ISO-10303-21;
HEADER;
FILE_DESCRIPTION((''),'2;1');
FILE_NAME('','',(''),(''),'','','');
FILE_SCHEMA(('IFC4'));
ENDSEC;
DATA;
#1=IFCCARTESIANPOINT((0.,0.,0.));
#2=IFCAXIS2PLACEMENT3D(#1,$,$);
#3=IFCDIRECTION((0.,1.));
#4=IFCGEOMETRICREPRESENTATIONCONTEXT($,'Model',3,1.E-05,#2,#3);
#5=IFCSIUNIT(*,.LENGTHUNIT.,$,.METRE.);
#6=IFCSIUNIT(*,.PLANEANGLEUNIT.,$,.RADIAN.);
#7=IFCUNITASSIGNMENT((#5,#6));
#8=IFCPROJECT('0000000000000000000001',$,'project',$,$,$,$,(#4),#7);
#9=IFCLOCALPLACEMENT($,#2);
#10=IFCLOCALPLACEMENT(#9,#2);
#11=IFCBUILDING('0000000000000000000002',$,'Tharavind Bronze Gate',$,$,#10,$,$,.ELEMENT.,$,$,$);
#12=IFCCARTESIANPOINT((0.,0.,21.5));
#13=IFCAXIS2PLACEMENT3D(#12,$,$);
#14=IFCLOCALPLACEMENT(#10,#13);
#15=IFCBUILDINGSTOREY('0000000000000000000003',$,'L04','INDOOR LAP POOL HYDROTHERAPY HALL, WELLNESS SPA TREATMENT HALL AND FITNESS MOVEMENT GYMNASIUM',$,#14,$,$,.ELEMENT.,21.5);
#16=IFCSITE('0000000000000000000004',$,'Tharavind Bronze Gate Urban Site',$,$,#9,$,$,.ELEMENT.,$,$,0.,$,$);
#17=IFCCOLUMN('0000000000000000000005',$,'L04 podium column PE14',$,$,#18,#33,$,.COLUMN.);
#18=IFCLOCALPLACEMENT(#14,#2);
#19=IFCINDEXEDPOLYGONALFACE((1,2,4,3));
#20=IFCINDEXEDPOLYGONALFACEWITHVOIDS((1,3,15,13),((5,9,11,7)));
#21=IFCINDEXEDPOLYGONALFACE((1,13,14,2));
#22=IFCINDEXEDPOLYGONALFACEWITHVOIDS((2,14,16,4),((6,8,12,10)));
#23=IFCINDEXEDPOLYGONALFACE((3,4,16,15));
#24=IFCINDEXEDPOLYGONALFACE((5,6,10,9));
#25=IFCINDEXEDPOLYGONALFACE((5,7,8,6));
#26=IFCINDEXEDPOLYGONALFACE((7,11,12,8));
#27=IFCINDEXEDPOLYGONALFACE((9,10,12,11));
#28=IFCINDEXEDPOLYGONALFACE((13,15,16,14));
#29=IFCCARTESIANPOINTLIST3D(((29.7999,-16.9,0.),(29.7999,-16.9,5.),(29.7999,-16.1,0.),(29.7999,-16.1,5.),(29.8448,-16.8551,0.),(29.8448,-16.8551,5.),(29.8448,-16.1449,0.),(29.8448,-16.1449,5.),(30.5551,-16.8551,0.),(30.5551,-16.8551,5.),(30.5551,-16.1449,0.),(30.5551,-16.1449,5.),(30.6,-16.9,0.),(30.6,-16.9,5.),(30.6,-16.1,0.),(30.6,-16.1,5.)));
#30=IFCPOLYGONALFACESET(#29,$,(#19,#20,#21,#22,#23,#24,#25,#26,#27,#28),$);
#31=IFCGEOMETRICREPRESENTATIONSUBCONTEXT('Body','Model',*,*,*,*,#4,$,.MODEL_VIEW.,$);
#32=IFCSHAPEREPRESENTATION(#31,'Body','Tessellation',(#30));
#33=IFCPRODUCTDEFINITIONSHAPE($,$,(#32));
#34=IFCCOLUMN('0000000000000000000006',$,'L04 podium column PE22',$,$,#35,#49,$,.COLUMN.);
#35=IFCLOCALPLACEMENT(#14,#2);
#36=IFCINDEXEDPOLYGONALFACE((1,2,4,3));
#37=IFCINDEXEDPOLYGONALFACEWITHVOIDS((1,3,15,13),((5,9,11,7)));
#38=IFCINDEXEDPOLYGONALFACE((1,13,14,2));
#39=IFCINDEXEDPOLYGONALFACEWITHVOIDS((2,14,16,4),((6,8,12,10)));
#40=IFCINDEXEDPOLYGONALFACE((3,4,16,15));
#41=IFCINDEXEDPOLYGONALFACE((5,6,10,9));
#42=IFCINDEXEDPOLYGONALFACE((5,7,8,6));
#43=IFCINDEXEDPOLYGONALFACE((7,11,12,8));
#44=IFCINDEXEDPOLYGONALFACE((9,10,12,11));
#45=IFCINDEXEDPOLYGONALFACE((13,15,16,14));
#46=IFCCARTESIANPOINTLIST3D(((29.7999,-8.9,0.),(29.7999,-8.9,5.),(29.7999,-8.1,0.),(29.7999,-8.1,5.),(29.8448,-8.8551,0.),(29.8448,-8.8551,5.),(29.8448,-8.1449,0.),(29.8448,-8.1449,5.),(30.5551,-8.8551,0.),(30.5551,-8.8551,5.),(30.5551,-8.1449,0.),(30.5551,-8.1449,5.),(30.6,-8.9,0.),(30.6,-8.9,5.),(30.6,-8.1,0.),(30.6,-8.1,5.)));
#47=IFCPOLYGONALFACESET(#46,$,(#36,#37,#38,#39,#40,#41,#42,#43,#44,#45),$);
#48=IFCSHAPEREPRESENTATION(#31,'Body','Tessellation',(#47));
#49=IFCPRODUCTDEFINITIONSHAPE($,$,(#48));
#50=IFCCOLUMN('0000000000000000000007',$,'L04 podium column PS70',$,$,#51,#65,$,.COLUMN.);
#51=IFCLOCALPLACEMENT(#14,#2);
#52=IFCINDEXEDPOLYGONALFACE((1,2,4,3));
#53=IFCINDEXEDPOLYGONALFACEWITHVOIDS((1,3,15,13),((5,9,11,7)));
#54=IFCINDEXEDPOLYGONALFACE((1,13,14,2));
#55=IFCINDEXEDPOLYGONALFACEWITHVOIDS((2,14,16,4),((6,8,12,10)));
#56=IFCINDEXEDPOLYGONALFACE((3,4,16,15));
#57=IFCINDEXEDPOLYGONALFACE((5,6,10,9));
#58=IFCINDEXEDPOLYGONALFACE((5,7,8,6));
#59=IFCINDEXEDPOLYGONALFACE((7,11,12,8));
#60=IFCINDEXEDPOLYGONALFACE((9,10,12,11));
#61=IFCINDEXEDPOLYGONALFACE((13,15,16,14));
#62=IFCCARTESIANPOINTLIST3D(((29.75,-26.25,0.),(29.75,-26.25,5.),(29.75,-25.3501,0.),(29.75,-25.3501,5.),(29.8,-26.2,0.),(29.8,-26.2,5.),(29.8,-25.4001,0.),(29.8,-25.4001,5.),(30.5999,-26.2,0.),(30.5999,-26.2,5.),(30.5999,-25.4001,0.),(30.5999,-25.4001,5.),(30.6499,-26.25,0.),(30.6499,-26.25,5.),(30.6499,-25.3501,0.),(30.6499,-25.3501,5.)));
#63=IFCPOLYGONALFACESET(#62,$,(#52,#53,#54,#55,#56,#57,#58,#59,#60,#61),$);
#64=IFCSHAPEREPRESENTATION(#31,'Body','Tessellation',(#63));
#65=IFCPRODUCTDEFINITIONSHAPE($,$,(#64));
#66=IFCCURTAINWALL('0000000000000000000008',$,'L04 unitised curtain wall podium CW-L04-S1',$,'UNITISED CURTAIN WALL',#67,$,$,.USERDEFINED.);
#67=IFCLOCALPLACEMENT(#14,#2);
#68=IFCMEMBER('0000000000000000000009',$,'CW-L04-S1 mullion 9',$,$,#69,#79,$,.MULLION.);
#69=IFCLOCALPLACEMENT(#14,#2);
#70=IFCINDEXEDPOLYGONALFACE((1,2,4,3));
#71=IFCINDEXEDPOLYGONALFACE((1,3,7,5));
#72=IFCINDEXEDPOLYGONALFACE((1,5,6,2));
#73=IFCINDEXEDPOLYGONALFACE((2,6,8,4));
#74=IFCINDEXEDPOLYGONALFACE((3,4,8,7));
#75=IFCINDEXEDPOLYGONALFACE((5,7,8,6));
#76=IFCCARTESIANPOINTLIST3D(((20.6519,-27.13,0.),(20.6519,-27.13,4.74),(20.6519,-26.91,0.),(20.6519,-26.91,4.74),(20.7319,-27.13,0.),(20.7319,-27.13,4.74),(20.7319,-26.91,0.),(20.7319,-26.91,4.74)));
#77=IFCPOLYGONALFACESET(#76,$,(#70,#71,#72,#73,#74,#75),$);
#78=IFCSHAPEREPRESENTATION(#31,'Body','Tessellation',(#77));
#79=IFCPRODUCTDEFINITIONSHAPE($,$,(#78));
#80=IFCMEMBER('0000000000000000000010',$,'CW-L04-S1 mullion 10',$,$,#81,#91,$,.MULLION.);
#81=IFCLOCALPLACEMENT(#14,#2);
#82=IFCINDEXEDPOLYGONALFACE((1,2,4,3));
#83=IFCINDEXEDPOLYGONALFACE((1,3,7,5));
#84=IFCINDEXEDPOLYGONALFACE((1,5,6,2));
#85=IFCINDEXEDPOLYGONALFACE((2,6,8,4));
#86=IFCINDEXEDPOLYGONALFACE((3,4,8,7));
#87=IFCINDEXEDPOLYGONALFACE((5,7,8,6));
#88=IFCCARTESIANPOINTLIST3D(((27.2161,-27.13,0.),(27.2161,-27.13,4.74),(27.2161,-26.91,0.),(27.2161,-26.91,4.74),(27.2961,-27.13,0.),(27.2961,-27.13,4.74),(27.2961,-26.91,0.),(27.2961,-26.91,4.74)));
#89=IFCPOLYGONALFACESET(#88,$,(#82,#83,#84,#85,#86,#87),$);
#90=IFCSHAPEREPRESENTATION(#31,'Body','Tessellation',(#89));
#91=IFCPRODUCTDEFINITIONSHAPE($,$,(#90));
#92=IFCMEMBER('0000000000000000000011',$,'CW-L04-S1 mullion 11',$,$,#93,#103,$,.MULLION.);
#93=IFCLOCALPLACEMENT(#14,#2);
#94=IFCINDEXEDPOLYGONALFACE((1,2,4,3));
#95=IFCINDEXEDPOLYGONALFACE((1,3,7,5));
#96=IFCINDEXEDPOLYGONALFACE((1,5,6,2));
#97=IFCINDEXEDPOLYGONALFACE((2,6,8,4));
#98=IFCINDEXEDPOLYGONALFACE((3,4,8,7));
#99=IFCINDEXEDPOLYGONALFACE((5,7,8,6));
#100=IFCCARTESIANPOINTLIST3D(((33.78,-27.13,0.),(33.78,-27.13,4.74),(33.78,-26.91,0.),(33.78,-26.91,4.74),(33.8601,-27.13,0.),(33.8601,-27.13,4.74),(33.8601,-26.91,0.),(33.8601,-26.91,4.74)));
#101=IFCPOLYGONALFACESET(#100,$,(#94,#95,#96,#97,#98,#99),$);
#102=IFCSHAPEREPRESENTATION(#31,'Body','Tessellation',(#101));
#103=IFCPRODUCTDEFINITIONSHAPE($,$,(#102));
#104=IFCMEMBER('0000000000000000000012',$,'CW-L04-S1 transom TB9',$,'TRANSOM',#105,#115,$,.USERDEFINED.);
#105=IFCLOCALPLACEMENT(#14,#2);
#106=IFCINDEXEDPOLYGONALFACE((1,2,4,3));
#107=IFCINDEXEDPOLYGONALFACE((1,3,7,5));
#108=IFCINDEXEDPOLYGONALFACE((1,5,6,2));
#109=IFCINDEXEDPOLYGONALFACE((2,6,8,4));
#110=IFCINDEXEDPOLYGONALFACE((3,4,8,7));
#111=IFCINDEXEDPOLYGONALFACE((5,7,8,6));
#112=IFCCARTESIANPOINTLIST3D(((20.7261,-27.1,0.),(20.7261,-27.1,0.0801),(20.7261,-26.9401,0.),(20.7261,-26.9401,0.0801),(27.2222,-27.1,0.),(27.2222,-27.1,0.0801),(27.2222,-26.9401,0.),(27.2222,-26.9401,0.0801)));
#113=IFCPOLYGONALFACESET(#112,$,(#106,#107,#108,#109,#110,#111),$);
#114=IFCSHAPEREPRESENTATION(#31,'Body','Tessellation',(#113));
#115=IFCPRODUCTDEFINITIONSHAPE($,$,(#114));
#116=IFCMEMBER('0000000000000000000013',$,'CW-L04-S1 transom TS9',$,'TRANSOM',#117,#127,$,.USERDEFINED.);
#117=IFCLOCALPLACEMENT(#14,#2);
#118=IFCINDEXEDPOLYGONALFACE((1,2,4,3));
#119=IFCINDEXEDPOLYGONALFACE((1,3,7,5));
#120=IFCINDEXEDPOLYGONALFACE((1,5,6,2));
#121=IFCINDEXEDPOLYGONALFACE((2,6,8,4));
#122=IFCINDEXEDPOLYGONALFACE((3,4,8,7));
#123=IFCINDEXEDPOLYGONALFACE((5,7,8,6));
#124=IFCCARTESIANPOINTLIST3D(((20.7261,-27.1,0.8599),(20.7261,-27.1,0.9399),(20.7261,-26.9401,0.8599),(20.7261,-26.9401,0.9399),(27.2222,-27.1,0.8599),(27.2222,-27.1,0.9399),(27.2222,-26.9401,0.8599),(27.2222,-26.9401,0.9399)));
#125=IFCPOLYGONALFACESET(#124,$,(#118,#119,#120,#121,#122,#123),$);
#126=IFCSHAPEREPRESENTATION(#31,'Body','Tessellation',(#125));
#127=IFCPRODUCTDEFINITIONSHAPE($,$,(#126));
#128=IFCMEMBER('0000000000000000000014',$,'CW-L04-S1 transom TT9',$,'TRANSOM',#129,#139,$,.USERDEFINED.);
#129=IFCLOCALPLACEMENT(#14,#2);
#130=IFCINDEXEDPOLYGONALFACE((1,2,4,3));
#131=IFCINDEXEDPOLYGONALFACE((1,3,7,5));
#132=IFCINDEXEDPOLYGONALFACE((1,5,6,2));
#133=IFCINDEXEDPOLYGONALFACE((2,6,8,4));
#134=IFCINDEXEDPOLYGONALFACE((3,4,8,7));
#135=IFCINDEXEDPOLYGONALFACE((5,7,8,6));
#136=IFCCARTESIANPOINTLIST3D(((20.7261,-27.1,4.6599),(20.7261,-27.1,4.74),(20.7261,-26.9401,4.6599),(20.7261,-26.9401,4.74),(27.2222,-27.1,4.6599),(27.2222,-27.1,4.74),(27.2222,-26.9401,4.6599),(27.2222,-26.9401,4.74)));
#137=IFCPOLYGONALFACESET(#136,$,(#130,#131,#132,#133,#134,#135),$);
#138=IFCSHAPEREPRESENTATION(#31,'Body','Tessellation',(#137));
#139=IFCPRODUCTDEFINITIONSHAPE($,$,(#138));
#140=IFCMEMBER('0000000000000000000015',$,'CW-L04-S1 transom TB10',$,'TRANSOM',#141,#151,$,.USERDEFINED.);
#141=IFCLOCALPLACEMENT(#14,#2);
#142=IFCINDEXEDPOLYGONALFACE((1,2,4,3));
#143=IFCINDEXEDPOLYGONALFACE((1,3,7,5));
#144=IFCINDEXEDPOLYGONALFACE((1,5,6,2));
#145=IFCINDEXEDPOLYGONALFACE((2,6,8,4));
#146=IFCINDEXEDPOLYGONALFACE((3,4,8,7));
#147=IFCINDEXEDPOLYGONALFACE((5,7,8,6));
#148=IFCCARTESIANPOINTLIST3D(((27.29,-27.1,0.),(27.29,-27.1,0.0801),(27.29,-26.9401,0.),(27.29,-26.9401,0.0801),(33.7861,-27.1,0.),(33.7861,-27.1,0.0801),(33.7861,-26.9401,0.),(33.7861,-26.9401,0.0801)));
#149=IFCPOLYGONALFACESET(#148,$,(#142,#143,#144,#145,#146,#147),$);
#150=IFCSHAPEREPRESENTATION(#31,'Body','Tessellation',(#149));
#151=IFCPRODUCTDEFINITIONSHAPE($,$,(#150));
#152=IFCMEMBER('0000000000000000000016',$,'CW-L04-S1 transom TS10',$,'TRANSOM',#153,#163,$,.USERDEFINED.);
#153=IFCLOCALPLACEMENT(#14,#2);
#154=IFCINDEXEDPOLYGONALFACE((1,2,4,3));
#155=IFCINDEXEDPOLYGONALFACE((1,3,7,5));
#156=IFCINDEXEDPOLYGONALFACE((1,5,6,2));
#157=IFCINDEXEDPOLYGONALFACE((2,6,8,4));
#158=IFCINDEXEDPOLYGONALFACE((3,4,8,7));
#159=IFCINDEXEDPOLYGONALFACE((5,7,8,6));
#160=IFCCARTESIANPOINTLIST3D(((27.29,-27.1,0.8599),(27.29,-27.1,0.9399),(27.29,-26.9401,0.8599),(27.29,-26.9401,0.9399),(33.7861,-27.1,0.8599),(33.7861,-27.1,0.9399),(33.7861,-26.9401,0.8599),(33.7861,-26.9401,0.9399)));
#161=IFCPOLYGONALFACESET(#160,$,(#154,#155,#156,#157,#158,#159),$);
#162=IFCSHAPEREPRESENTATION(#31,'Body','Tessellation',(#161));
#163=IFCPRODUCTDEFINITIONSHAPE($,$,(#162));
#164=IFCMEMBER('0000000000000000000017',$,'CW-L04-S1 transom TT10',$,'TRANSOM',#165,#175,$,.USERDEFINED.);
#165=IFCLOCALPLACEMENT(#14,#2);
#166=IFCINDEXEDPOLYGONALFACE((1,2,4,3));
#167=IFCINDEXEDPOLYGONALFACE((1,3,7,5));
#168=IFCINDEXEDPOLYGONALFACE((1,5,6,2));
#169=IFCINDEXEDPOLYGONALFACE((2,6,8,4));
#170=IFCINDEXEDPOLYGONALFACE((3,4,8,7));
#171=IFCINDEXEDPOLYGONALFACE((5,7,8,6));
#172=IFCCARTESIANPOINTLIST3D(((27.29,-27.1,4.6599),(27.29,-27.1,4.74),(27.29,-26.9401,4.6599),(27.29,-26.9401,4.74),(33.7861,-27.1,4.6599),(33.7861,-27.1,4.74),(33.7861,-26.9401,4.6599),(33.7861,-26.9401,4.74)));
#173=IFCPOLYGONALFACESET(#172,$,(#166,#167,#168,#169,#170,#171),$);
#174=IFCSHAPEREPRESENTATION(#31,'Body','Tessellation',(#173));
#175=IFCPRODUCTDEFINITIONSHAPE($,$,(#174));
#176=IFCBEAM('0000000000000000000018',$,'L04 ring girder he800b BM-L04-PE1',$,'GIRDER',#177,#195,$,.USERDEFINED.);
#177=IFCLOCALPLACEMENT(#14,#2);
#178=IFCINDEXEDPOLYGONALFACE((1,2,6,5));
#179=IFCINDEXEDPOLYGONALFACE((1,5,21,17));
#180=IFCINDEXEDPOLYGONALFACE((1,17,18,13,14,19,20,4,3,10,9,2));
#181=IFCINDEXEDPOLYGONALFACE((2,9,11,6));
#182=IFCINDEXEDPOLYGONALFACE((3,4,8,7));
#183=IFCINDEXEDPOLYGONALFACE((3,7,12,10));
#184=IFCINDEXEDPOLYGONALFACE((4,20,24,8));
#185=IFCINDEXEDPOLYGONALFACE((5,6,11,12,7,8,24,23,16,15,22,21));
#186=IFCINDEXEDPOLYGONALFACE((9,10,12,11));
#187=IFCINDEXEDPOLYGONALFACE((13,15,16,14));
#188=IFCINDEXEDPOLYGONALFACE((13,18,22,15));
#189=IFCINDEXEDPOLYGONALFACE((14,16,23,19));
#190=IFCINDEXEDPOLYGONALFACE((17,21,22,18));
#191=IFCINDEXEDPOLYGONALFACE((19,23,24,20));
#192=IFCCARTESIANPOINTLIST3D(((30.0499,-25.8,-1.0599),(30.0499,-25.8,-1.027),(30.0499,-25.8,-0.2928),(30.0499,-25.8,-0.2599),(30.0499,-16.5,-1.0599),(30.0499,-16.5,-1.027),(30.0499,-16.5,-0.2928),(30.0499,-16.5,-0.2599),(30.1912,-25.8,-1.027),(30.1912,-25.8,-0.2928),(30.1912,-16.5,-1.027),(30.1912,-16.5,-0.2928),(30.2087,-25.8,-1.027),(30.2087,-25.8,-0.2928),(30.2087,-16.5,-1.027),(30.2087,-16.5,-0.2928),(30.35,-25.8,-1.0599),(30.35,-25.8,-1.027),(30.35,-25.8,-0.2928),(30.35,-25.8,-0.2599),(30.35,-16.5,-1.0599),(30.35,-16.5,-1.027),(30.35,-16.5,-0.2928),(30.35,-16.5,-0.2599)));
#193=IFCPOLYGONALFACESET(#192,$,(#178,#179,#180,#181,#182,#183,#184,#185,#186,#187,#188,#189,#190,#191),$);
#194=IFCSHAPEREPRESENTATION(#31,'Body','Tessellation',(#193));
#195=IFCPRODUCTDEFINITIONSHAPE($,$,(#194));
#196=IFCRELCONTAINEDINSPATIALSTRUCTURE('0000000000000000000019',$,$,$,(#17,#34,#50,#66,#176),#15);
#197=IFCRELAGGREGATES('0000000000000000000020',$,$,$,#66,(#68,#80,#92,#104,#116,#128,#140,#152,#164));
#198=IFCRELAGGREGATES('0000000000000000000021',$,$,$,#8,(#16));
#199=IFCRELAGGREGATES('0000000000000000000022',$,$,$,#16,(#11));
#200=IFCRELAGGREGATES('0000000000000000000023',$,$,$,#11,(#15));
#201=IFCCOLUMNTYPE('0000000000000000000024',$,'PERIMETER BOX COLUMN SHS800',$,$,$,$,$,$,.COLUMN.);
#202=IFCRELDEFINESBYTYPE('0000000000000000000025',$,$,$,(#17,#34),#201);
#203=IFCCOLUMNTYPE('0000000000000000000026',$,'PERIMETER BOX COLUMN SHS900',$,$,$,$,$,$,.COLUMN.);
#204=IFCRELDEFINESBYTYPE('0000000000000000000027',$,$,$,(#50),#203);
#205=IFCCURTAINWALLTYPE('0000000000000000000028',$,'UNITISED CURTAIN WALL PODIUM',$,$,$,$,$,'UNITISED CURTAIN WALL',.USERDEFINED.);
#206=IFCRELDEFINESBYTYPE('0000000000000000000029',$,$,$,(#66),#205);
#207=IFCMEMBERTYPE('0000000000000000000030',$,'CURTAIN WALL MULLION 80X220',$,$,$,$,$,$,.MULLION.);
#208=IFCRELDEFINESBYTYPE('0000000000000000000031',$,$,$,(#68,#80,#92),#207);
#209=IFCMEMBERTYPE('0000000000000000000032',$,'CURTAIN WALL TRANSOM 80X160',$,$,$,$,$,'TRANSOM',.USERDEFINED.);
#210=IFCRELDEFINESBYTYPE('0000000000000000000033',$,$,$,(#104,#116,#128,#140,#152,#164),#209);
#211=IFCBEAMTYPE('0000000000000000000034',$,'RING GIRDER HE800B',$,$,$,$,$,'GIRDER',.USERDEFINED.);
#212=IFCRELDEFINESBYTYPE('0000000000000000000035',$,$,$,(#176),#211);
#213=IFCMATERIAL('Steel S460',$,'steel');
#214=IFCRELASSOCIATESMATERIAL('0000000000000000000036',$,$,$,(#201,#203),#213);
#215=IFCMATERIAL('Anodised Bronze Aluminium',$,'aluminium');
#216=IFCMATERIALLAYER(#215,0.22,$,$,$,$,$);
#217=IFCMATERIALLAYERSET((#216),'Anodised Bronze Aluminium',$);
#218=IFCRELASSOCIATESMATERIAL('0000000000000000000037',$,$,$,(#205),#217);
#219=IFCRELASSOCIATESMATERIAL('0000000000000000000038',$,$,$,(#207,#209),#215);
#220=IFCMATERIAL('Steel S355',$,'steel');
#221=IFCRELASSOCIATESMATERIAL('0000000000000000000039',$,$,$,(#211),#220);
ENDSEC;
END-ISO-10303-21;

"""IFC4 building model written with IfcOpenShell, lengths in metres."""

from ifc_helpers import new_model, si_unit, direction, frame, origin, origin_2d, place, context, subcontext, project, spatial, rectangle, hollow_rectangle, i_section, extrude, material, layer, layer_set, material_profile, profile_set, type_object, element, aggregate, save


model = new_model("IFC4")

# Units and contexts
model_context = context("Model", 3, precision=1e-05, world=origin(), true_north=direction((0.0, 1.0)))
body_context = subcontext(model_context, "Body", "Model", "MODEL_VIEW")
ifc_project = project(units=[si_unit("LENGTHUNIT", "METRE"), si_unit("PLANEANGLEUNIT", "RADIAN")], contexts=[model_context])

# Site, building, storey
site_placement = place(None, origin())
site = spatial("IfcSite", under=ifc_project, at=site_placement, Name="Tharavind Bronze Gate Urban Site", CompositionType="ELEMENT", RefElevation=0.0)
building_placement = place(site_placement, origin())
building = spatial("IfcBuilding", under=site, at=building_placement, Name="Tharavind Bronze Gate", CompositionType="ELEMENT")
storey_placement = place(building_placement, frame((0.0, 0.0, 21.5)))
storey = spatial("IfcBuildingStorey", under=building, at=storey_placement, Name="L04", Description="INDOOR LAP POOL HYDROTHERAPY HALL, WELLNESS SPA TREATMENT HALL AND FITNESS MOVEMENT GYMNASIUM", CompositionType="ELEMENT", Elevation=21.5)

# Columns
ifc_material_1 = material(Name="Steel S460", Category="steel")
ifc_material_profile_1 = material_profile(ifc_material_1, hollow_rectangle(XDim=0.8, YDim=0.8, WallThickness=0.0449, at=origin_2d()), Name="SHS800X45")
ifc_profile_set_1 = profile_set([ifc_material_profile_1], Name="Steel S460")
column_type_1 = type_object("IfcColumnType", Name="PERIMETER BOX COLUMN SHS800", PredefinedType="COLUMN", material=ifc_profile_set_1)
for number, where, z_axis, x_axis, name in (
    (1, (30.2, -16.5, 0.0), (0.0, 0.0, 1.0), (1.0, 0.0, 0.0), "L04 podium column PE14"),
    (2, (30.2, -8.5, 0.0), (0.0, 0.0, 1.0), (1.0, 0.0, 0.0), "L04 podium column PE22"),
):
    element("IfcColumn", number, at=place(storey_placement, frame(where, z_axis=z_axis, x_axis=x_axis)), inside=storey, type_object=column_type_1, Name=name, PredefinedType="COLUMN", context=body_context, shape_type="SweptSolid", body=[
        extrude(hollow_rectangle(XDim=0.8, YDim=0.8, WallThickness=0.0449, at=origin_2d()), origin(), (0.0, 0.0, 1.0), 5.0),
    ])
ifc_material_profile_2 = material_profile(ifc_material_1, hollow_rectangle(XDim=0.8999, YDim=0.8999, WallThickness=0.05, at=origin_2d()), Name="SHS900X50")
ifc_profile_set_2 = profile_set([ifc_material_profile_2], Name="Steel S460")
column_type_2 = type_object("IfcColumnType", Name="PERIMETER BOX COLUMN SHS900", PredefinedType="COLUMN", material=ifc_profile_set_2)
column_placement = place(storey_placement, frame((30.2, -25.8, 0.0), z_axis=(0.0, 0.0, 1.0), x_axis=(1.0, 0.0, 0.0)))
element("IfcColumn", 3, at=column_placement, inside=storey, type_object=column_type_2, Name="L04 podium column PS70", PredefinedType="COLUMN", context=body_context, shape_type="SweptSolid", body=[
    extrude(hollow_rectangle(XDim=0.8999, YDim=0.8999, WallThickness=0.05, at=origin_2d()), origin(), (0.0, 0.0, 1.0), 5.0),
])

# Curtain wall, members
ifc_material_2 = material(Name="Anodised Bronze Aluminium", Category="aluminium")
ifc_layer_1 = layer(ifc_material_2, 0.22)
ifc_layer_set_1 = layer_set([ifc_layer_1], Name="Anodised Bronze Aluminium")
curtain_wall_type = type_object("IfcCurtainWallType", Name="UNITISED CURTAIN WALL PODIUM", ElementType="UNITISED CURTAIN WALL", PredefinedType="USERDEFINED", material=ifc_layer_set_1)
curtain_wall_placement = place(storey_placement, origin())
curtain_wall = element("IfcCurtainWall", 4, at=curtain_wall_placement, inside=storey, type_object=curtain_wall_type, Name="L04 unitised curtain wall podium CW-L04-S1", ObjectType="UNITISED CURTAIN WALL", PredefinedType="USERDEFINED")
member_type_1 = type_object("IfcMemberType", Name="CURTAIN WALL MULLION 80X220", PredefinedType="MULLION", material=ifc_material_2)
member_1_placement = place(storey_placement, frame((20.6919, -27.02, 0.0), z_axis=(0.0, 0.0, 1.0), x_axis=(1.0, 0.0, 0.0)))
member_1 = element("IfcMember", 5, at=member_1_placement, type_object=member_type_1, Name="CW-L04-S1 mullion 9", PredefinedType="MULLION", context=body_context, shape_type="SweptSolid", body=[
    extrude(rectangle(XDim=0.0801, YDim=0.22, at=origin_2d()), origin(), (0.0, 0.0, 1.0), 4.74),
])
member_2_placement = place(storey_placement, frame((27.2561, -27.02, 0.0), z_axis=(0.0, 0.0, 1.0), x_axis=(1.0, 0.0, 0.0)))
member_2 = element("IfcMember", 6, at=member_2_placement, type_object=member_type_1, Name="CW-L04-S1 mullion 10", PredefinedType="MULLION", context=body_context, shape_type="SweptSolid", body=[
    extrude(rectangle(XDim=0.0801, YDim=0.22, at=origin_2d()), origin(), (0.0, 0.0, 1.0), 4.74),
])
member_3_placement = place(storey_placement, frame((33.8201, -27.02, 0.0), z_axis=(0.0, 0.0, 1.0), x_axis=(1.0, 0.0, 0.0)))
member_3 = element("IfcMember", 7, at=member_3_placement, type_object=member_type_1, Name="CW-L04-S1 mullion 11", PredefinedType="MULLION", context=body_context, shape_type="SweptSolid", body=[
    extrude(rectangle(XDim=0.0801, YDim=0.22, at=origin_2d()), origin(), (0.0, 0.0, 1.0), 4.74),
])
member_type_2 = type_object("IfcMemberType", Name="CURTAIN WALL TRANSOM 80X160", ElementType="TRANSOM", PredefinedType="USERDEFINED", material=ifc_material_2)
member_4_placement = place(storey_placement, frame((23.9741, -27.02, 0.0), z_axis=(0.0, 0.0, 1.0), x_axis=(1.0, 0.0, 0.0)))
member_4 = element("IfcMember", 8, at=member_4_placement, type_object=member_type_2, Name="CW-L04-S1 transom TB9", ObjectType="TRANSOM", PredefinedType="USERDEFINED", context=body_context, shape_type="SweptSolid", body=[
    extrude(rectangle(XDim=6.4961, YDim=0.1599, at=origin_2d()), origin(), (0.0, 0.0, 1.0), 0.0801),
])
member_5_placement = place(storey_placement, frame((23.9741, -27.02, 0.8599), z_axis=(0.0, 0.0, 1.0), x_axis=(1.0, 0.0, 0.0)))
member_5 = element("IfcMember", 9, at=member_5_placement, type_object=member_type_2, Name="CW-L04-S1 transom TS9", ObjectType="TRANSOM", PredefinedType="USERDEFINED", context=body_context, shape_type="SweptSolid", body=[
    extrude(rectangle(XDim=6.4961, YDim=0.1599, at=origin_2d()), origin(), (0.0, 0.0, 1.0), 0.0801),
])
member_6_placement = place(storey_placement, frame((23.9741, -27.02, 4.6599), z_axis=(0.0, 0.0, 1.0), x_axis=(1.0, 0.0, 0.0)))
member_6 = element("IfcMember", 10, at=member_6_placement, type_object=member_type_2, Name="CW-L04-S1 transom TT9", ObjectType="TRANSOM", PredefinedType="USERDEFINED", context=body_context, shape_type="SweptSolid", body=[
    extrude(rectangle(XDim=6.4961, YDim=0.1599, at=origin_2d()), origin(), (0.0, 0.0, 1.0), 0.0801),
])
member_7_placement = place(storey_placement, frame((30.5381, -27.02, 0.0), z_axis=(0.0, 0.0, 1.0), x_axis=(1.0, 0.0, 0.0)))
member_7 = element("IfcMember", 11, at=member_7_placement, type_object=member_type_2, Name="CW-L04-S1 transom TB10", ObjectType="TRANSOM", PredefinedType="USERDEFINED", context=body_context, shape_type="SweptSolid", body=[
    extrude(rectangle(XDim=6.4961, YDim=0.1599, at=origin_2d()), origin(), (0.0, 0.0, 1.0), 0.0801),
])
member_8_placement = place(storey_placement, frame((30.5381, -27.02, 0.8599), z_axis=(0.0, 0.0, 1.0), x_axis=(1.0, 0.0, 0.0)))
member_8 = element("IfcMember", 12, at=member_8_placement, type_object=member_type_2, Name="CW-L04-S1 transom TS10", ObjectType="TRANSOM", PredefinedType="USERDEFINED", context=body_context, shape_type="SweptSolid", body=[
    extrude(rectangle(XDim=6.4961, YDim=0.1599, at=origin_2d()), origin(), (0.0, 0.0, 1.0), 0.0801),
])
member_9_placement = place(storey_placement, frame((30.5381, -27.02, 4.6599), z_axis=(0.0, 0.0, 1.0), x_axis=(1.0, 0.0, 0.0)))
member_9 = element("IfcMember", 13, at=member_9_placement, type_object=member_type_2, Name="CW-L04-S1 transom TT10", ObjectType="TRANSOM", PredefinedType="USERDEFINED", context=body_context, shape_type="SweptSolid", body=[
    extrude(rectangle(XDim=6.4961, YDim=0.1599, at=origin_2d()), origin(), (0.0, 0.0, 1.0), 0.0801),
])

# Beam
ifc_material_3 = material(Name="Steel S355", Category="steel")
ifc_material_profile_3 = material_profile(ifc_material_3, i_section(OverallWidth=0.3, OverallDepth=0.8, WebThickness=0.0176, FlangeThickness=0.033, at=origin_2d()), Name="HE800B")
ifc_profile_set_3 = profile_set([ifc_material_profile_3], Name="Steel S355")
beam_type_1 = type_object("IfcBeamType", Name="RING GIRDER HE800B", ElementType="GIRDER", PredefinedType="USERDEFINED", material=ifc_profile_set_3)
beam_1_placement = place(storey_placement, frame((30.2, -25.8, -0.6599), z_axis=(0.0, 1.0, 0.0), x_axis=(-1.0, 0.0, 0.0)))
element("IfcBeam", 14, at=beam_1_placement, inside=storey, type_object=beam_type_1, Name="L04 ring girder he800b BM-L04-PE1", ObjectType="GIRDER", PredefinedType="USERDEFINED", context=body_context, shape_type="SweptSolid", body=[
    extrude(i_section(OverallWidth=0.3, OverallDepth=0.8, WebThickness=0.0176, FlangeThickness=0.033, at=origin_2d()), origin(), (0.0, 0.0, 1.0), 9.3),
])

aggregate(curtain_wall, [member_1, member_2, member_3, member_4, member_5, member_6, member_7, member_8, member_9])

save(model, "model.ifc")
